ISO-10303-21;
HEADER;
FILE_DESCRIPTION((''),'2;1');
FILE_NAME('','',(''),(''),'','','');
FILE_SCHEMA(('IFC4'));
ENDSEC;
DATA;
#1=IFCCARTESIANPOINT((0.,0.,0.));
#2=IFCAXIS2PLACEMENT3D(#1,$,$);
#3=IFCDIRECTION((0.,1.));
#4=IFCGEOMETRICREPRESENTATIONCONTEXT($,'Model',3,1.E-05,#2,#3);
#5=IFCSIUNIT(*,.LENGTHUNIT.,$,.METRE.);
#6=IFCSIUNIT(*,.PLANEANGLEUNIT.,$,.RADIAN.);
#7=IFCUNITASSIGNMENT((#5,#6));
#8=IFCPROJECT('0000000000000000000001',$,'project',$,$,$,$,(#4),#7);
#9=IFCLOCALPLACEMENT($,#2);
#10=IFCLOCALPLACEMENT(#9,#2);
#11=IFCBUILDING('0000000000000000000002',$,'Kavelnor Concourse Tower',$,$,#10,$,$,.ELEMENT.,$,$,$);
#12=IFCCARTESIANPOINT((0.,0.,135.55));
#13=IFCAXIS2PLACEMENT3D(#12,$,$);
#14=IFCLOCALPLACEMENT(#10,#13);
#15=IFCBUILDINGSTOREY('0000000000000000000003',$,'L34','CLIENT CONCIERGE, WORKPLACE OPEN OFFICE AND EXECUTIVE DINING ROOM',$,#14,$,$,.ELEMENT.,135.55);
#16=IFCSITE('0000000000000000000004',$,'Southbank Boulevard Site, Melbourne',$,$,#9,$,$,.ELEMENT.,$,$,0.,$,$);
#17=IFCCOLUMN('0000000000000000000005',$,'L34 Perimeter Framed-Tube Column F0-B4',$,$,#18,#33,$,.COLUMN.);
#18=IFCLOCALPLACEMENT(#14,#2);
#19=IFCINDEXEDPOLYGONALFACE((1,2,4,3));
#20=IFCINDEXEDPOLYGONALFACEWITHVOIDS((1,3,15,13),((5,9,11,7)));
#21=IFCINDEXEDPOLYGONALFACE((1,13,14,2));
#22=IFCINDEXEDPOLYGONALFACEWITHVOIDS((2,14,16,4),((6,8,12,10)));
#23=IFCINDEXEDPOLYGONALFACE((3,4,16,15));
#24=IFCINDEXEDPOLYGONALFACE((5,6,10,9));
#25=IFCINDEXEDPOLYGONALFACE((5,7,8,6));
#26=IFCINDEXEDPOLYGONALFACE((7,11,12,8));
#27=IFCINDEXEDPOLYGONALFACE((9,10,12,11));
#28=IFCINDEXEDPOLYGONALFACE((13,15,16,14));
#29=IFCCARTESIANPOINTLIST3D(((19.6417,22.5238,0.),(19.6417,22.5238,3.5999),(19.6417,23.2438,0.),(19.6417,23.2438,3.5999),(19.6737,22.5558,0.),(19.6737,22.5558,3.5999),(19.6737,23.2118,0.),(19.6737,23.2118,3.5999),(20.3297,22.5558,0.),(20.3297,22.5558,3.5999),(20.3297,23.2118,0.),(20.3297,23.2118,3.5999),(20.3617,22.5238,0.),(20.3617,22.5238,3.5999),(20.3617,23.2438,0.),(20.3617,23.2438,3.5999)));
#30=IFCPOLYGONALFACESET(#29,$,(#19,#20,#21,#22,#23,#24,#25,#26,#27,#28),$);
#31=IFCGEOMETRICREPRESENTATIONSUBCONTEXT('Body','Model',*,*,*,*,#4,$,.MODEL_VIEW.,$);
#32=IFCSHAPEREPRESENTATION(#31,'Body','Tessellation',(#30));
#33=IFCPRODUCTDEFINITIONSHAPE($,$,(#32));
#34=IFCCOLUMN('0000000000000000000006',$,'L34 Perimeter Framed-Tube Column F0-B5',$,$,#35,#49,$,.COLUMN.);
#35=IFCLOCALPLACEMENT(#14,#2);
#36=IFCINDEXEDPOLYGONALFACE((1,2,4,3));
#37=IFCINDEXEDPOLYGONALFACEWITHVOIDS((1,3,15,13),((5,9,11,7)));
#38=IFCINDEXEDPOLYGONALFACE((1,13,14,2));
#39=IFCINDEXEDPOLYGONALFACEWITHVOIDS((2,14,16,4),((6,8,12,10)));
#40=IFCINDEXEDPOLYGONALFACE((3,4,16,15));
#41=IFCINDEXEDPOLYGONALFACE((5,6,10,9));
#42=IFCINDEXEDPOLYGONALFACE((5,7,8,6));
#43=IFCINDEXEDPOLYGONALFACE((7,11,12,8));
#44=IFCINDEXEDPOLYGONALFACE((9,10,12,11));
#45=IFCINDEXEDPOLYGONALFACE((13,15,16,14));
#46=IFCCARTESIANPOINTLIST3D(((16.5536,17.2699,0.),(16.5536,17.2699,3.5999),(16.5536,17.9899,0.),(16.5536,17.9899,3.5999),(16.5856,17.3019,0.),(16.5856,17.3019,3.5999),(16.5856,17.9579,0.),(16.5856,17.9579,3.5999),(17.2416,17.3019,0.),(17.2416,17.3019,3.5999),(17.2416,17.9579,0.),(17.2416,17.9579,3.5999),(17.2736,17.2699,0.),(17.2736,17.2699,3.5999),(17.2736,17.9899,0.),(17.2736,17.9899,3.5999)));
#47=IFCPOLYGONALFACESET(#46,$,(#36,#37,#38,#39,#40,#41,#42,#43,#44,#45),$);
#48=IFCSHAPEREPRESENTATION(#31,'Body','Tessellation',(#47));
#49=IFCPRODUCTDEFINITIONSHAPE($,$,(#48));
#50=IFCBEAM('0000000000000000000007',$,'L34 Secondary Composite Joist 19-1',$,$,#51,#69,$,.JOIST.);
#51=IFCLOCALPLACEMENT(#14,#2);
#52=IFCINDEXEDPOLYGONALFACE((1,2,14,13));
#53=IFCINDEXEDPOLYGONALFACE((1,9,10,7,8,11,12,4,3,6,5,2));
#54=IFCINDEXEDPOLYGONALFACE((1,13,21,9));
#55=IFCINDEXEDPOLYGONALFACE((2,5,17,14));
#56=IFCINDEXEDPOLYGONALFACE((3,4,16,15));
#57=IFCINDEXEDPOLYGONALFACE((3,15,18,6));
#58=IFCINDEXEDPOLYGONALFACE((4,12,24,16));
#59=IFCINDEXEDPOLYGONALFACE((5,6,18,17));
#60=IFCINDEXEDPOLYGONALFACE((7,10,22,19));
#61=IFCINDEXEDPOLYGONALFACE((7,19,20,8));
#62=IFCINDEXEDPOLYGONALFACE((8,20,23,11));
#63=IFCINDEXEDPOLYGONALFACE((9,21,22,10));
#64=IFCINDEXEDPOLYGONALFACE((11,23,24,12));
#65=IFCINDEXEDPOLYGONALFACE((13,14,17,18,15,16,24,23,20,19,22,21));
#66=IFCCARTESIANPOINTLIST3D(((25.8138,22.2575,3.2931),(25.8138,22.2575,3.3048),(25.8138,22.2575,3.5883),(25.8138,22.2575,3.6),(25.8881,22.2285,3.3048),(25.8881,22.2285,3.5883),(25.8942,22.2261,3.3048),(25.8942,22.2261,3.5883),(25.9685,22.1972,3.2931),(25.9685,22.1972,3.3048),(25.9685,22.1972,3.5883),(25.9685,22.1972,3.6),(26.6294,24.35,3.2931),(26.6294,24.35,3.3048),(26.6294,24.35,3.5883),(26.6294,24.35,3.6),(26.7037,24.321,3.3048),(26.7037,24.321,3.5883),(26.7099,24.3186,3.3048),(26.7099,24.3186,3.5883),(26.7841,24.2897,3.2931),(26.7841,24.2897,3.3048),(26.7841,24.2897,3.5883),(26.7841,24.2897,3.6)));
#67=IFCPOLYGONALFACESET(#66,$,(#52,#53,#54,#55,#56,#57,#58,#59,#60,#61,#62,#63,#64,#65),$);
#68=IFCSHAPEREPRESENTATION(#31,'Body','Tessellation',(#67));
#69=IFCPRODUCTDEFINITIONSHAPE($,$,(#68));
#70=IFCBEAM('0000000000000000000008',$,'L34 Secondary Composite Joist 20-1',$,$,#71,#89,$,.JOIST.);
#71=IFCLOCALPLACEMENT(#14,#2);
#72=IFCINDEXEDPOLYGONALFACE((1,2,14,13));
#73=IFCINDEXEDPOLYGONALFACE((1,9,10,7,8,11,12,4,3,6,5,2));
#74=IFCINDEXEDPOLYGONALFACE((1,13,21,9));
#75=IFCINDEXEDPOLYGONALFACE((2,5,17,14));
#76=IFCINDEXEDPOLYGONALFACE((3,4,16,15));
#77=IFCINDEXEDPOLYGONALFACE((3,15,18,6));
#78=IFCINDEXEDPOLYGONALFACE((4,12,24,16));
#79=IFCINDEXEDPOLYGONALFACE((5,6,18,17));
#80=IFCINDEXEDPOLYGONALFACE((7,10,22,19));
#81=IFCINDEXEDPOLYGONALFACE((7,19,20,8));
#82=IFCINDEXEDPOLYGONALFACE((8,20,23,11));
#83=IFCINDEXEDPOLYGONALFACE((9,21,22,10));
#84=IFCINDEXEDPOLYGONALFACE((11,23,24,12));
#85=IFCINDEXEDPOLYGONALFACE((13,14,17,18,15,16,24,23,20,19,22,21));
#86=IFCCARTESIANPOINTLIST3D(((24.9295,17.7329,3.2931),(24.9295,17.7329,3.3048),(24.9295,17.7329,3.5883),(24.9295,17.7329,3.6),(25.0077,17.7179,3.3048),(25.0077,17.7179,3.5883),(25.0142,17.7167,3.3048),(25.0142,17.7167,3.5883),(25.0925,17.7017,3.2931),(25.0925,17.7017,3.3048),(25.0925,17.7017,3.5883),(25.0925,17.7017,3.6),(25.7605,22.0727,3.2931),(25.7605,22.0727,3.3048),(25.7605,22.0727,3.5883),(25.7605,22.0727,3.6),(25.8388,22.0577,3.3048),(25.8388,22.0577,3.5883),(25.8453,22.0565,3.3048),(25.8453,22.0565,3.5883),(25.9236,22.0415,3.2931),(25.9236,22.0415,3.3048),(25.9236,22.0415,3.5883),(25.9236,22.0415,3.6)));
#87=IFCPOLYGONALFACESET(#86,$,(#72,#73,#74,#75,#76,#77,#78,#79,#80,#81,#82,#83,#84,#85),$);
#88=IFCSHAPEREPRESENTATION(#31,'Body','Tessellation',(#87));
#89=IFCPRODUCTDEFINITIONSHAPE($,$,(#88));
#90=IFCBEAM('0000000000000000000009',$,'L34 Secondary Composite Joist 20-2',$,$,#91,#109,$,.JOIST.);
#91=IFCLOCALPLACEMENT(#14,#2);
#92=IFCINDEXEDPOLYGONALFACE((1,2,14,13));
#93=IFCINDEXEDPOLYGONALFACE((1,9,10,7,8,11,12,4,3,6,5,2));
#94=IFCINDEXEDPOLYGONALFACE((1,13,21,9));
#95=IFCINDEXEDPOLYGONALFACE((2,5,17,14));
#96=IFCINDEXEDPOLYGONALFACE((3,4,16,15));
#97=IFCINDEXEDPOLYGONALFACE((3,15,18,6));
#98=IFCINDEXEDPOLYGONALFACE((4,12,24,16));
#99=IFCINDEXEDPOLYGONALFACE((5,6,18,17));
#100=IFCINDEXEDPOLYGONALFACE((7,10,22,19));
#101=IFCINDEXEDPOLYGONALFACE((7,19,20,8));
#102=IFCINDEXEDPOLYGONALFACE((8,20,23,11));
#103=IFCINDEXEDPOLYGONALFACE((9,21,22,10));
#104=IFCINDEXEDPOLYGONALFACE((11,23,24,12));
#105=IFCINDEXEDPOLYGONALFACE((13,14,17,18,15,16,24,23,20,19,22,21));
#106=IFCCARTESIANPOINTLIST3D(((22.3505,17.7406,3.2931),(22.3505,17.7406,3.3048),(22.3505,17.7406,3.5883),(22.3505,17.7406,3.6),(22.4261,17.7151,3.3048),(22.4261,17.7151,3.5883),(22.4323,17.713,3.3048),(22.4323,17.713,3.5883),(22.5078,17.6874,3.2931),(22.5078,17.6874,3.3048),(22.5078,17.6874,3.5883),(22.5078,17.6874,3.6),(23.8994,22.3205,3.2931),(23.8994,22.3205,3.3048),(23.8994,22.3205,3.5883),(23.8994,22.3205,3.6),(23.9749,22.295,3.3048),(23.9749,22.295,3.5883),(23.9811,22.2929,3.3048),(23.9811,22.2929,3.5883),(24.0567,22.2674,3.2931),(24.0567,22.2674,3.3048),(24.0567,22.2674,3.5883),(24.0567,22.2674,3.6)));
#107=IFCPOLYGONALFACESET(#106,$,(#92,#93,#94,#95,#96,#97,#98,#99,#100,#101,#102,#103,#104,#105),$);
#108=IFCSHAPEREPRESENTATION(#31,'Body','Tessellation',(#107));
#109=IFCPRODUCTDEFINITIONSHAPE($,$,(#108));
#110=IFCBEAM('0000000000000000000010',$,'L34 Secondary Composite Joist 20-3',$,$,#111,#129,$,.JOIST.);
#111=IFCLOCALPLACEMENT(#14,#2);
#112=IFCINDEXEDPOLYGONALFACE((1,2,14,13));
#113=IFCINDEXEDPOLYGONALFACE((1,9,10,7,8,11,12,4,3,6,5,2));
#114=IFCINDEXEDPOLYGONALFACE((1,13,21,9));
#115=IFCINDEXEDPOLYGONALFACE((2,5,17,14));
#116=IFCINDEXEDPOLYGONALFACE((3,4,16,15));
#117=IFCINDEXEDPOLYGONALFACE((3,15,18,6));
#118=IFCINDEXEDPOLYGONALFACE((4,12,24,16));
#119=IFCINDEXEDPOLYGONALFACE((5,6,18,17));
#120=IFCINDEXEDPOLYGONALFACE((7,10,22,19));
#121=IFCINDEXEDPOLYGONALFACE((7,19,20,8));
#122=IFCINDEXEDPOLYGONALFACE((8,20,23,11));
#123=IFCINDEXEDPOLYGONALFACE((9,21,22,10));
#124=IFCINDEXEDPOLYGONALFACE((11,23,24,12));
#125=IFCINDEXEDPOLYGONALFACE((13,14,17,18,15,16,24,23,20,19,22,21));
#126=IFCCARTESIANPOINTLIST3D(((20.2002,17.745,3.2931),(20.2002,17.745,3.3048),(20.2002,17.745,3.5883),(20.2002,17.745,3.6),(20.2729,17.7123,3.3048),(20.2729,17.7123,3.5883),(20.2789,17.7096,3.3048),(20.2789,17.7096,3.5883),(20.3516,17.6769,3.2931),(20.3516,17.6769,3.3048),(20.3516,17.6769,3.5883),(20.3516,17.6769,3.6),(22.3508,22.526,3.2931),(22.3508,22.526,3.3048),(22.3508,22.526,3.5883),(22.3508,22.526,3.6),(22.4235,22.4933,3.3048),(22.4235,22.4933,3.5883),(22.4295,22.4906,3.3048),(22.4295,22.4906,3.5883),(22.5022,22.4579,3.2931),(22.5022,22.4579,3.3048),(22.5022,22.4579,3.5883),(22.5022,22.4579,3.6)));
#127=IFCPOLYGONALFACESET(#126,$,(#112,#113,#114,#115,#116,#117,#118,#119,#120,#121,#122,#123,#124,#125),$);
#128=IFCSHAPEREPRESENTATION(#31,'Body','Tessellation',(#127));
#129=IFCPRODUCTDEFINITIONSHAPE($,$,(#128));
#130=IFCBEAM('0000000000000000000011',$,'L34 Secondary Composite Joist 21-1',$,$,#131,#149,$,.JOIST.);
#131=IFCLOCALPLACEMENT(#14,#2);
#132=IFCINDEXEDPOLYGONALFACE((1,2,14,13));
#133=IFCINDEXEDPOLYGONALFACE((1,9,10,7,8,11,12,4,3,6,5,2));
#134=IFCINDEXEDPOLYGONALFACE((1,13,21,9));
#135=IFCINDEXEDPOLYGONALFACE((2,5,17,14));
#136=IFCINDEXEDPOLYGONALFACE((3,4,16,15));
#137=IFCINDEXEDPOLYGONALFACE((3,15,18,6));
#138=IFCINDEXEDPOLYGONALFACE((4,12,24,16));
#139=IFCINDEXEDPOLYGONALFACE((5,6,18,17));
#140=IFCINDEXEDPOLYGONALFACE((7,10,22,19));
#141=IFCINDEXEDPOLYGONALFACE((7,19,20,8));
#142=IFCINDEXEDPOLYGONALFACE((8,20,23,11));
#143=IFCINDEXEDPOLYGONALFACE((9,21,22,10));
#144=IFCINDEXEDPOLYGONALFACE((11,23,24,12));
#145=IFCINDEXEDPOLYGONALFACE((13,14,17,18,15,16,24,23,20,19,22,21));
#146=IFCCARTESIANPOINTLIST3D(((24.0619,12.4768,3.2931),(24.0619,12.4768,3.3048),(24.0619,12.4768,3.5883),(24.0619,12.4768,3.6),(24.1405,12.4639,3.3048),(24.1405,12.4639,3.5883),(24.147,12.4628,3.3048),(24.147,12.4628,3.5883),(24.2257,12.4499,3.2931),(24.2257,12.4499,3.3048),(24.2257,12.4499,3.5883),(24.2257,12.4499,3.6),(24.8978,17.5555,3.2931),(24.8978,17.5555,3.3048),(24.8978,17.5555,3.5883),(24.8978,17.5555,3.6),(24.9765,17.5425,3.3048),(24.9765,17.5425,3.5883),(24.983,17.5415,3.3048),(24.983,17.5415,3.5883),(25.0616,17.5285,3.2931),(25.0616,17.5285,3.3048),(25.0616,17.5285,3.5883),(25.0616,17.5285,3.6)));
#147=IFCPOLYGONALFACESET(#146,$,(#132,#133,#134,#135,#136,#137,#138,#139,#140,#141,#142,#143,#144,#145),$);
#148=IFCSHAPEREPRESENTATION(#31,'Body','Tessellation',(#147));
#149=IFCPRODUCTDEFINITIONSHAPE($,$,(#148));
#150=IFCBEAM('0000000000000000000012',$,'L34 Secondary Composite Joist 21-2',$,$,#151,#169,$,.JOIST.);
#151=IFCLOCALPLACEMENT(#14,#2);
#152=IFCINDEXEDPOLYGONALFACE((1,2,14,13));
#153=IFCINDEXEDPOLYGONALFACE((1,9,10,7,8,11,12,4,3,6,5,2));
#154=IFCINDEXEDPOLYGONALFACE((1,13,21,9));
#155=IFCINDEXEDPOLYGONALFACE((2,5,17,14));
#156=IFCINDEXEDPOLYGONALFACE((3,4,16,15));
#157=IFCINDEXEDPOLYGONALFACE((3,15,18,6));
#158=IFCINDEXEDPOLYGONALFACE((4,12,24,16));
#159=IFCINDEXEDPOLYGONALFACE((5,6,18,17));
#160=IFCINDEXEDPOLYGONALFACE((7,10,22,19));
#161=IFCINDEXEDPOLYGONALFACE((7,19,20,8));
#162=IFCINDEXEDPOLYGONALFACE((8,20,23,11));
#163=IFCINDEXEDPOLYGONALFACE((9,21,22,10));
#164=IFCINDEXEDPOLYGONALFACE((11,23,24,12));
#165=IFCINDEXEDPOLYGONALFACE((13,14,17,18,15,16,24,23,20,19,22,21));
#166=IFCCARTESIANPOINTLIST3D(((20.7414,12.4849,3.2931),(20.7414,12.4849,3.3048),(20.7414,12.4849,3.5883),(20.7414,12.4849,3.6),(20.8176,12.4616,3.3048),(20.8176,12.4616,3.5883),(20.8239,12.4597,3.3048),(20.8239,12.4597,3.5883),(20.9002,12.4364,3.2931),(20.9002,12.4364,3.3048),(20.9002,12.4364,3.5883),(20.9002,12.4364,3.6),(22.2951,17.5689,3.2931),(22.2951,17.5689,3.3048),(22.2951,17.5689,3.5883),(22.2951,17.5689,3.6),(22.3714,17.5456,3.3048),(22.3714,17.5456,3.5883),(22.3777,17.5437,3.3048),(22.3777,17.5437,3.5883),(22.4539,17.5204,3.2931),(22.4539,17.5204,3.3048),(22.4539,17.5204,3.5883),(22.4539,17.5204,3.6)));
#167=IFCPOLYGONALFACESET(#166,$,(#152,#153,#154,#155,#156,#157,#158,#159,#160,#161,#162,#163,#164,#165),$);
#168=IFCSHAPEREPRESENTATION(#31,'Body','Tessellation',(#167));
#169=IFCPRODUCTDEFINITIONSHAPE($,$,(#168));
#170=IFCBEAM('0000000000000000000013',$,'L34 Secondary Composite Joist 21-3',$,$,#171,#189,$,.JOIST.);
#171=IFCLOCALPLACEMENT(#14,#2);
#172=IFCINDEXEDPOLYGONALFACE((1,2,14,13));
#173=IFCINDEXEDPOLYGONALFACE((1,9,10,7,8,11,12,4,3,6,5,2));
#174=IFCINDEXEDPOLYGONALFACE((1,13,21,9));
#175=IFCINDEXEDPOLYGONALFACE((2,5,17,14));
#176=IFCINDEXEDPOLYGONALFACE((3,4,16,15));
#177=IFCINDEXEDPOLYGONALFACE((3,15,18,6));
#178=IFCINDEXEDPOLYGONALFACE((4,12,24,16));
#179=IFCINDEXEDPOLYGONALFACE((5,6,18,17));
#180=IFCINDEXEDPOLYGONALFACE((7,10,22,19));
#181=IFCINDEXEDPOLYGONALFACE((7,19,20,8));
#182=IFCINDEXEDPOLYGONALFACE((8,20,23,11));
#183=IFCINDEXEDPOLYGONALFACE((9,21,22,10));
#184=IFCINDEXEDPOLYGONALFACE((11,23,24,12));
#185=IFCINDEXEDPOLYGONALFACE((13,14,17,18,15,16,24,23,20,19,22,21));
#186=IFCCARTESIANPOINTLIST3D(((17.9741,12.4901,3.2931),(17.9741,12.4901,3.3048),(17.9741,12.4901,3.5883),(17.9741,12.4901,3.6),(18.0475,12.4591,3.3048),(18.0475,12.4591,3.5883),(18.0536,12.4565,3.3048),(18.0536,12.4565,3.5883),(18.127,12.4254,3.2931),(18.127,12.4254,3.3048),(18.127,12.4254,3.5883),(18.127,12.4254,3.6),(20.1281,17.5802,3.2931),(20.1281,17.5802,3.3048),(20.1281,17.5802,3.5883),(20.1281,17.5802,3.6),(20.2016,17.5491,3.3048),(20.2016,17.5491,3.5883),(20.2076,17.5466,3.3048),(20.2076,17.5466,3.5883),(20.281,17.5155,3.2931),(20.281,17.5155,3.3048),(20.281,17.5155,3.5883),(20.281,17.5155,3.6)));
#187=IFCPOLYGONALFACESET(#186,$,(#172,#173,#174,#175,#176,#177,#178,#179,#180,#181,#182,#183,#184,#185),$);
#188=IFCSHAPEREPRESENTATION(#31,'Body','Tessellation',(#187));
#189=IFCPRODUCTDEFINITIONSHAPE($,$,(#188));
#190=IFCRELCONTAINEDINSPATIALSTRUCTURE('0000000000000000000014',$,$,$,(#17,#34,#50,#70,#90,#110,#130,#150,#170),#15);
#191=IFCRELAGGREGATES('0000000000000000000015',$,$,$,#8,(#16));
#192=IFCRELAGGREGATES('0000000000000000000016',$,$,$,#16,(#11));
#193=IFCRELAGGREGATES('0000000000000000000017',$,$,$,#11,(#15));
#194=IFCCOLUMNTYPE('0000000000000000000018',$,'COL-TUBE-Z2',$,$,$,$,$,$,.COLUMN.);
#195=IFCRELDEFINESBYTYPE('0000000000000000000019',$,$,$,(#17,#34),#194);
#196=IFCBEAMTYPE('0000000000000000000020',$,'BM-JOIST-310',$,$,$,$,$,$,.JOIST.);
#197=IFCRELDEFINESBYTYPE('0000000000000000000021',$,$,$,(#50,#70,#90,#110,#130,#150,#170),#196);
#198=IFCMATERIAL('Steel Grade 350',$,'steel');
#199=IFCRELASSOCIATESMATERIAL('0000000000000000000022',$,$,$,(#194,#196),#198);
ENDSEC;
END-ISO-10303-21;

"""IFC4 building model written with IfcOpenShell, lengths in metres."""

from ifc_helpers import new_model, si_unit, direction, frame, origin, origin_2d, place, context, subcontext, project, spatial, hollow_rectangle, i_section, extrude, material, material_profile, profile_set, type_object, element, save


model = new_model("IFC4")

# Units and contexts
model_context = context("Model", 3, precision=1e-05, world=origin(), true_north=direction((0.0, 1.0)))
body_context = subcontext(model_context, "Body", "Model", "MODEL_VIEW")
ifc_project = project(units=[si_unit("LENGTHUNIT", "METRE"), si_unit("PLANEANGLEUNIT", "RADIAN")], contexts=[model_context])

# Site, building, storey
site_placement = place(None, origin())
site = spatial("IfcSite", under=ifc_project, at=site_placement, Name="Southbank Boulevard Site, Melbourne", CompositionType="ELEMENT", RefElevation=0.0)
building_placement = place(site_placement, origin())
building = spatial("IfcBuilding", under=site, at=building_placement, Name="Kavelnor Concourse Tower", CompositionType="ELEMENT")
storey_placement = place(building_placement, frame((0.0, 0.0, 135.55)))
storey = spatial("IfcBuildingStorey", under=building, at=storey_placement, Name="L34", Description="CLIENT CONCIERGE, WORKPLACE OPEN OFFICE AND EXECUTIVE DINING ROOM", CompositionType="ELEMENT", Elevation=135.55)

# Columns
ifc_material_1 = material(Name="Steel Grade 350", Category="steel")
ifc_material_profile_1 = material_profile(ifc_material_1, hollow_rectangle(XDim=0.72, YDim=0.72, WallThickness=0.032, at=origin_2d()), Name="SHS 720x720x32")
ifc_profile_set_1 = profile_set([ifc_material_profile_1], Name="Steel Grade 350")
column_type = type_object("IfcColumnType", Name="COL-TUBE-Z2", PredefinedType="COLUMN", material=ifc_profile_set_1)
for number, where, z_axis, x_axis, name in (
    (1, (20.0017, 22.8838, 0.0), (0.0, 0.0, 1.0), (1.0, 0.0, 0.0), "L34 Perimeter Framed-Tube Column F0-B4"),
    (2, (16.9136, 17.6299, 0.0), (0.0, 0.0, 1.0), (1.0, 0.0, 0.0), "L34 Perimeter Framed-Tube Column F0-B5"),
):
    element("IfcColumn", number, at=place(storey_placement, frame(where, z_axis=z_axis, x_axis=x_axis)), inside=storey, type_object=column_type, Name=name, PredefinedType="COLUMN", context=body_context, shape_type="SweptSolid", body=[
        extrude(hollow_rectangle(XDim=0.72, YDim=0.72, WallThickness=0.032, at=origin_2d()), origin(), (0.0, 0.0, 1.0), 3.5999),
    ])

# Beams
ifc_material_profile_2 = material_profile(ifc_material_1, i_section(OverallWidth=0.166, OverallDepth=0.3069, WebThickness=0.0066, FlangeThickness=0.0117, at=origin_2d()), Name="310UB46")
ifc_profile_set_2 = profile_set([ifc_material_profile_2], Name="Steel Grade 350")
beam_type_1 = type_object("IfcBeamType", Name="BM-JOIST-310", PredefinedType="JOIST", material=ifc_profile_set_2)
beam_1_placement = place(storey_placement, frame((26.7068, 24.3198, 3.4465), z_axis=(-0.363186, -0.931717, 0.0), x_axis=(0.931717, -0.363186, 0.0)))
element("IfcBeam", 3, at=beam_1_placement, inside=storey, type_object=beam_type_1, Name="L34 Secondary Composite Joist 19-1", PredefinedType="JOIST", context=body_context, shape_type="SweptSolid", body=[
    extrude(i_section(OverallWidth=0.166, OverallDepth=0.3069, WebThickness=0.0066, FlangeThickness=0.0117, at=origin_2d()), origin(), (0.0, 0.0, 1.0), 2.2458),
])
beam_2_placement = place(storey_placement, frame((25.842, 22.0571, 3.4465), z_axis=(-0.188077, -0.982154, 0.0), x_axis=(0.982154, -0.188077, 0.0)))
element("IfcBeam", 4, at=beam_2_placement, inside=storey, type_object=beam_type_1, Name="L34 Secondary Composite Joist 20-1", PredefinedType="JOIST", context=body_context, shape_type="SweptSolid", body=[
    extrude(i_section(OverallWidth=0.166, OverallDepth=0.3069, WebThickness=0.0066, FlangeThickness=0.0117, at=origin_2d()), origin(), (0.0, 0.0, 1.0), 4.4187),
])
beam_3_placement = place(storey_placement, frame((23.978, 22.2939, 3.4465), z_axis=(-0.320361, -0.947296, 0.0), x_axis=(0.947296, -0.320361, 0.0)))
element("IfcBeam", 5, at=beam_3_placement, inside=storey, type_object=beam_type_1, Name="L34 Secondary Composite Joist 20-2", PredefinedType="JOIST", context=body_context, shape_type="SweptSolid", body=[
    extrude(i_section(OverallWidth=0.166, OverallDepth=0.3069, WebThickness=0.0066, FlangeThickness=0.0117, at=origin_2d()), origin(), (0.0, 0.0, 1.0), 4.8347),
])
beam_4_placement = place(storey_placement, frame((22.4265, 22.4919, 3.4465), z_axis=(-0.410235, -0.91198, 0.0), x_axis=(0.91198, -0.410235, 0.0)))
element("IfcBeam", 6, at=beam_4_placement, inside=storey, type_object=beam_type_1, Name="L34 Secondary Composite Joist 20-3", PredefinedType="JOIST", context=body_context, shape_type="SweptSolid", body=[
    extrude(i_section(OverallWidth=0.166, OverallDepth=0.3069, WebThickness=0.0066, FlangeThickness=0.0117, at=origin_2d()), origin(), (0.0, 0.0, 1.0), 5.2424),
])
beam_5_placement = place(storey_placement, frame((24.9797, 17.542, 3.4465), z_axis=(-0.162414, -0.986723, 0.0), x_axis=(0.986723, -0.162414, 0.0)))
element("IfcBeam", 7, at=beam_5_placement, inside=storey, type_object=beam_type_1, Name="L34 Secondary Composite Joist 21-1", PredefinedType="JOIST", context=body_context, shape_type="SweptSolid", body=[
    extrude(i_section(OverallWidth=0.166, OverallDepth=0.3069, WebThickness=0.0066, FlangeThickness=0.0117, at=origin_2d()), origin(), (0.0, 0.0, 1.0), 5.147),
])
beam_6_placement = place(storey_placement, frame((22.3745, 17.5447, 3.4465), z_axis=(-0.292265, -0.956337, 0.0), x_axis=(0.956337, -0.292265, 0.0)))
element("IfcBeam", 8, at=beam_6_placement, inside=storey, type_object=beam_type_1, Name="L34 Secondary Composite Joist 21-2", PredefinedType="JOIST", context=body_context, shape_type="SweptSolid", body=[
    extrude(i_section(OverallWidth=0.166, OverallDepth=0.3069, WebThickness=0.0066, FlangeThickness=0.0117, at=origin_2d()), origin(), (0.0, 0.0, 1.0), 5.3162),
])
beam_7_placement = place(storey_placement, frame((20.2046, 17.5479, 3.4465), z_axis=(-0.389725, -0.920931, 0.0), x_axis=(0.920931, -0.389725, 0.0)))
element("IfcBeam", 9, at=beam_7_placement, inside=storey, type_object=beam_type_1, Name="L34 Secondary Composite Joist 21-3", PredefinedType="JOIST", context=body_context, shape_type="SweptSolid", body=[
    extrude(i_section(OverallWidth=0.166, OverallDepth=0.3069, WebThickness=0.0066, FlangeThickness=0.0117, at=origin_2d()), origin(), (0.0, 0.0, 1.0), 5.5271),
])

save(model, "model.ifc")
